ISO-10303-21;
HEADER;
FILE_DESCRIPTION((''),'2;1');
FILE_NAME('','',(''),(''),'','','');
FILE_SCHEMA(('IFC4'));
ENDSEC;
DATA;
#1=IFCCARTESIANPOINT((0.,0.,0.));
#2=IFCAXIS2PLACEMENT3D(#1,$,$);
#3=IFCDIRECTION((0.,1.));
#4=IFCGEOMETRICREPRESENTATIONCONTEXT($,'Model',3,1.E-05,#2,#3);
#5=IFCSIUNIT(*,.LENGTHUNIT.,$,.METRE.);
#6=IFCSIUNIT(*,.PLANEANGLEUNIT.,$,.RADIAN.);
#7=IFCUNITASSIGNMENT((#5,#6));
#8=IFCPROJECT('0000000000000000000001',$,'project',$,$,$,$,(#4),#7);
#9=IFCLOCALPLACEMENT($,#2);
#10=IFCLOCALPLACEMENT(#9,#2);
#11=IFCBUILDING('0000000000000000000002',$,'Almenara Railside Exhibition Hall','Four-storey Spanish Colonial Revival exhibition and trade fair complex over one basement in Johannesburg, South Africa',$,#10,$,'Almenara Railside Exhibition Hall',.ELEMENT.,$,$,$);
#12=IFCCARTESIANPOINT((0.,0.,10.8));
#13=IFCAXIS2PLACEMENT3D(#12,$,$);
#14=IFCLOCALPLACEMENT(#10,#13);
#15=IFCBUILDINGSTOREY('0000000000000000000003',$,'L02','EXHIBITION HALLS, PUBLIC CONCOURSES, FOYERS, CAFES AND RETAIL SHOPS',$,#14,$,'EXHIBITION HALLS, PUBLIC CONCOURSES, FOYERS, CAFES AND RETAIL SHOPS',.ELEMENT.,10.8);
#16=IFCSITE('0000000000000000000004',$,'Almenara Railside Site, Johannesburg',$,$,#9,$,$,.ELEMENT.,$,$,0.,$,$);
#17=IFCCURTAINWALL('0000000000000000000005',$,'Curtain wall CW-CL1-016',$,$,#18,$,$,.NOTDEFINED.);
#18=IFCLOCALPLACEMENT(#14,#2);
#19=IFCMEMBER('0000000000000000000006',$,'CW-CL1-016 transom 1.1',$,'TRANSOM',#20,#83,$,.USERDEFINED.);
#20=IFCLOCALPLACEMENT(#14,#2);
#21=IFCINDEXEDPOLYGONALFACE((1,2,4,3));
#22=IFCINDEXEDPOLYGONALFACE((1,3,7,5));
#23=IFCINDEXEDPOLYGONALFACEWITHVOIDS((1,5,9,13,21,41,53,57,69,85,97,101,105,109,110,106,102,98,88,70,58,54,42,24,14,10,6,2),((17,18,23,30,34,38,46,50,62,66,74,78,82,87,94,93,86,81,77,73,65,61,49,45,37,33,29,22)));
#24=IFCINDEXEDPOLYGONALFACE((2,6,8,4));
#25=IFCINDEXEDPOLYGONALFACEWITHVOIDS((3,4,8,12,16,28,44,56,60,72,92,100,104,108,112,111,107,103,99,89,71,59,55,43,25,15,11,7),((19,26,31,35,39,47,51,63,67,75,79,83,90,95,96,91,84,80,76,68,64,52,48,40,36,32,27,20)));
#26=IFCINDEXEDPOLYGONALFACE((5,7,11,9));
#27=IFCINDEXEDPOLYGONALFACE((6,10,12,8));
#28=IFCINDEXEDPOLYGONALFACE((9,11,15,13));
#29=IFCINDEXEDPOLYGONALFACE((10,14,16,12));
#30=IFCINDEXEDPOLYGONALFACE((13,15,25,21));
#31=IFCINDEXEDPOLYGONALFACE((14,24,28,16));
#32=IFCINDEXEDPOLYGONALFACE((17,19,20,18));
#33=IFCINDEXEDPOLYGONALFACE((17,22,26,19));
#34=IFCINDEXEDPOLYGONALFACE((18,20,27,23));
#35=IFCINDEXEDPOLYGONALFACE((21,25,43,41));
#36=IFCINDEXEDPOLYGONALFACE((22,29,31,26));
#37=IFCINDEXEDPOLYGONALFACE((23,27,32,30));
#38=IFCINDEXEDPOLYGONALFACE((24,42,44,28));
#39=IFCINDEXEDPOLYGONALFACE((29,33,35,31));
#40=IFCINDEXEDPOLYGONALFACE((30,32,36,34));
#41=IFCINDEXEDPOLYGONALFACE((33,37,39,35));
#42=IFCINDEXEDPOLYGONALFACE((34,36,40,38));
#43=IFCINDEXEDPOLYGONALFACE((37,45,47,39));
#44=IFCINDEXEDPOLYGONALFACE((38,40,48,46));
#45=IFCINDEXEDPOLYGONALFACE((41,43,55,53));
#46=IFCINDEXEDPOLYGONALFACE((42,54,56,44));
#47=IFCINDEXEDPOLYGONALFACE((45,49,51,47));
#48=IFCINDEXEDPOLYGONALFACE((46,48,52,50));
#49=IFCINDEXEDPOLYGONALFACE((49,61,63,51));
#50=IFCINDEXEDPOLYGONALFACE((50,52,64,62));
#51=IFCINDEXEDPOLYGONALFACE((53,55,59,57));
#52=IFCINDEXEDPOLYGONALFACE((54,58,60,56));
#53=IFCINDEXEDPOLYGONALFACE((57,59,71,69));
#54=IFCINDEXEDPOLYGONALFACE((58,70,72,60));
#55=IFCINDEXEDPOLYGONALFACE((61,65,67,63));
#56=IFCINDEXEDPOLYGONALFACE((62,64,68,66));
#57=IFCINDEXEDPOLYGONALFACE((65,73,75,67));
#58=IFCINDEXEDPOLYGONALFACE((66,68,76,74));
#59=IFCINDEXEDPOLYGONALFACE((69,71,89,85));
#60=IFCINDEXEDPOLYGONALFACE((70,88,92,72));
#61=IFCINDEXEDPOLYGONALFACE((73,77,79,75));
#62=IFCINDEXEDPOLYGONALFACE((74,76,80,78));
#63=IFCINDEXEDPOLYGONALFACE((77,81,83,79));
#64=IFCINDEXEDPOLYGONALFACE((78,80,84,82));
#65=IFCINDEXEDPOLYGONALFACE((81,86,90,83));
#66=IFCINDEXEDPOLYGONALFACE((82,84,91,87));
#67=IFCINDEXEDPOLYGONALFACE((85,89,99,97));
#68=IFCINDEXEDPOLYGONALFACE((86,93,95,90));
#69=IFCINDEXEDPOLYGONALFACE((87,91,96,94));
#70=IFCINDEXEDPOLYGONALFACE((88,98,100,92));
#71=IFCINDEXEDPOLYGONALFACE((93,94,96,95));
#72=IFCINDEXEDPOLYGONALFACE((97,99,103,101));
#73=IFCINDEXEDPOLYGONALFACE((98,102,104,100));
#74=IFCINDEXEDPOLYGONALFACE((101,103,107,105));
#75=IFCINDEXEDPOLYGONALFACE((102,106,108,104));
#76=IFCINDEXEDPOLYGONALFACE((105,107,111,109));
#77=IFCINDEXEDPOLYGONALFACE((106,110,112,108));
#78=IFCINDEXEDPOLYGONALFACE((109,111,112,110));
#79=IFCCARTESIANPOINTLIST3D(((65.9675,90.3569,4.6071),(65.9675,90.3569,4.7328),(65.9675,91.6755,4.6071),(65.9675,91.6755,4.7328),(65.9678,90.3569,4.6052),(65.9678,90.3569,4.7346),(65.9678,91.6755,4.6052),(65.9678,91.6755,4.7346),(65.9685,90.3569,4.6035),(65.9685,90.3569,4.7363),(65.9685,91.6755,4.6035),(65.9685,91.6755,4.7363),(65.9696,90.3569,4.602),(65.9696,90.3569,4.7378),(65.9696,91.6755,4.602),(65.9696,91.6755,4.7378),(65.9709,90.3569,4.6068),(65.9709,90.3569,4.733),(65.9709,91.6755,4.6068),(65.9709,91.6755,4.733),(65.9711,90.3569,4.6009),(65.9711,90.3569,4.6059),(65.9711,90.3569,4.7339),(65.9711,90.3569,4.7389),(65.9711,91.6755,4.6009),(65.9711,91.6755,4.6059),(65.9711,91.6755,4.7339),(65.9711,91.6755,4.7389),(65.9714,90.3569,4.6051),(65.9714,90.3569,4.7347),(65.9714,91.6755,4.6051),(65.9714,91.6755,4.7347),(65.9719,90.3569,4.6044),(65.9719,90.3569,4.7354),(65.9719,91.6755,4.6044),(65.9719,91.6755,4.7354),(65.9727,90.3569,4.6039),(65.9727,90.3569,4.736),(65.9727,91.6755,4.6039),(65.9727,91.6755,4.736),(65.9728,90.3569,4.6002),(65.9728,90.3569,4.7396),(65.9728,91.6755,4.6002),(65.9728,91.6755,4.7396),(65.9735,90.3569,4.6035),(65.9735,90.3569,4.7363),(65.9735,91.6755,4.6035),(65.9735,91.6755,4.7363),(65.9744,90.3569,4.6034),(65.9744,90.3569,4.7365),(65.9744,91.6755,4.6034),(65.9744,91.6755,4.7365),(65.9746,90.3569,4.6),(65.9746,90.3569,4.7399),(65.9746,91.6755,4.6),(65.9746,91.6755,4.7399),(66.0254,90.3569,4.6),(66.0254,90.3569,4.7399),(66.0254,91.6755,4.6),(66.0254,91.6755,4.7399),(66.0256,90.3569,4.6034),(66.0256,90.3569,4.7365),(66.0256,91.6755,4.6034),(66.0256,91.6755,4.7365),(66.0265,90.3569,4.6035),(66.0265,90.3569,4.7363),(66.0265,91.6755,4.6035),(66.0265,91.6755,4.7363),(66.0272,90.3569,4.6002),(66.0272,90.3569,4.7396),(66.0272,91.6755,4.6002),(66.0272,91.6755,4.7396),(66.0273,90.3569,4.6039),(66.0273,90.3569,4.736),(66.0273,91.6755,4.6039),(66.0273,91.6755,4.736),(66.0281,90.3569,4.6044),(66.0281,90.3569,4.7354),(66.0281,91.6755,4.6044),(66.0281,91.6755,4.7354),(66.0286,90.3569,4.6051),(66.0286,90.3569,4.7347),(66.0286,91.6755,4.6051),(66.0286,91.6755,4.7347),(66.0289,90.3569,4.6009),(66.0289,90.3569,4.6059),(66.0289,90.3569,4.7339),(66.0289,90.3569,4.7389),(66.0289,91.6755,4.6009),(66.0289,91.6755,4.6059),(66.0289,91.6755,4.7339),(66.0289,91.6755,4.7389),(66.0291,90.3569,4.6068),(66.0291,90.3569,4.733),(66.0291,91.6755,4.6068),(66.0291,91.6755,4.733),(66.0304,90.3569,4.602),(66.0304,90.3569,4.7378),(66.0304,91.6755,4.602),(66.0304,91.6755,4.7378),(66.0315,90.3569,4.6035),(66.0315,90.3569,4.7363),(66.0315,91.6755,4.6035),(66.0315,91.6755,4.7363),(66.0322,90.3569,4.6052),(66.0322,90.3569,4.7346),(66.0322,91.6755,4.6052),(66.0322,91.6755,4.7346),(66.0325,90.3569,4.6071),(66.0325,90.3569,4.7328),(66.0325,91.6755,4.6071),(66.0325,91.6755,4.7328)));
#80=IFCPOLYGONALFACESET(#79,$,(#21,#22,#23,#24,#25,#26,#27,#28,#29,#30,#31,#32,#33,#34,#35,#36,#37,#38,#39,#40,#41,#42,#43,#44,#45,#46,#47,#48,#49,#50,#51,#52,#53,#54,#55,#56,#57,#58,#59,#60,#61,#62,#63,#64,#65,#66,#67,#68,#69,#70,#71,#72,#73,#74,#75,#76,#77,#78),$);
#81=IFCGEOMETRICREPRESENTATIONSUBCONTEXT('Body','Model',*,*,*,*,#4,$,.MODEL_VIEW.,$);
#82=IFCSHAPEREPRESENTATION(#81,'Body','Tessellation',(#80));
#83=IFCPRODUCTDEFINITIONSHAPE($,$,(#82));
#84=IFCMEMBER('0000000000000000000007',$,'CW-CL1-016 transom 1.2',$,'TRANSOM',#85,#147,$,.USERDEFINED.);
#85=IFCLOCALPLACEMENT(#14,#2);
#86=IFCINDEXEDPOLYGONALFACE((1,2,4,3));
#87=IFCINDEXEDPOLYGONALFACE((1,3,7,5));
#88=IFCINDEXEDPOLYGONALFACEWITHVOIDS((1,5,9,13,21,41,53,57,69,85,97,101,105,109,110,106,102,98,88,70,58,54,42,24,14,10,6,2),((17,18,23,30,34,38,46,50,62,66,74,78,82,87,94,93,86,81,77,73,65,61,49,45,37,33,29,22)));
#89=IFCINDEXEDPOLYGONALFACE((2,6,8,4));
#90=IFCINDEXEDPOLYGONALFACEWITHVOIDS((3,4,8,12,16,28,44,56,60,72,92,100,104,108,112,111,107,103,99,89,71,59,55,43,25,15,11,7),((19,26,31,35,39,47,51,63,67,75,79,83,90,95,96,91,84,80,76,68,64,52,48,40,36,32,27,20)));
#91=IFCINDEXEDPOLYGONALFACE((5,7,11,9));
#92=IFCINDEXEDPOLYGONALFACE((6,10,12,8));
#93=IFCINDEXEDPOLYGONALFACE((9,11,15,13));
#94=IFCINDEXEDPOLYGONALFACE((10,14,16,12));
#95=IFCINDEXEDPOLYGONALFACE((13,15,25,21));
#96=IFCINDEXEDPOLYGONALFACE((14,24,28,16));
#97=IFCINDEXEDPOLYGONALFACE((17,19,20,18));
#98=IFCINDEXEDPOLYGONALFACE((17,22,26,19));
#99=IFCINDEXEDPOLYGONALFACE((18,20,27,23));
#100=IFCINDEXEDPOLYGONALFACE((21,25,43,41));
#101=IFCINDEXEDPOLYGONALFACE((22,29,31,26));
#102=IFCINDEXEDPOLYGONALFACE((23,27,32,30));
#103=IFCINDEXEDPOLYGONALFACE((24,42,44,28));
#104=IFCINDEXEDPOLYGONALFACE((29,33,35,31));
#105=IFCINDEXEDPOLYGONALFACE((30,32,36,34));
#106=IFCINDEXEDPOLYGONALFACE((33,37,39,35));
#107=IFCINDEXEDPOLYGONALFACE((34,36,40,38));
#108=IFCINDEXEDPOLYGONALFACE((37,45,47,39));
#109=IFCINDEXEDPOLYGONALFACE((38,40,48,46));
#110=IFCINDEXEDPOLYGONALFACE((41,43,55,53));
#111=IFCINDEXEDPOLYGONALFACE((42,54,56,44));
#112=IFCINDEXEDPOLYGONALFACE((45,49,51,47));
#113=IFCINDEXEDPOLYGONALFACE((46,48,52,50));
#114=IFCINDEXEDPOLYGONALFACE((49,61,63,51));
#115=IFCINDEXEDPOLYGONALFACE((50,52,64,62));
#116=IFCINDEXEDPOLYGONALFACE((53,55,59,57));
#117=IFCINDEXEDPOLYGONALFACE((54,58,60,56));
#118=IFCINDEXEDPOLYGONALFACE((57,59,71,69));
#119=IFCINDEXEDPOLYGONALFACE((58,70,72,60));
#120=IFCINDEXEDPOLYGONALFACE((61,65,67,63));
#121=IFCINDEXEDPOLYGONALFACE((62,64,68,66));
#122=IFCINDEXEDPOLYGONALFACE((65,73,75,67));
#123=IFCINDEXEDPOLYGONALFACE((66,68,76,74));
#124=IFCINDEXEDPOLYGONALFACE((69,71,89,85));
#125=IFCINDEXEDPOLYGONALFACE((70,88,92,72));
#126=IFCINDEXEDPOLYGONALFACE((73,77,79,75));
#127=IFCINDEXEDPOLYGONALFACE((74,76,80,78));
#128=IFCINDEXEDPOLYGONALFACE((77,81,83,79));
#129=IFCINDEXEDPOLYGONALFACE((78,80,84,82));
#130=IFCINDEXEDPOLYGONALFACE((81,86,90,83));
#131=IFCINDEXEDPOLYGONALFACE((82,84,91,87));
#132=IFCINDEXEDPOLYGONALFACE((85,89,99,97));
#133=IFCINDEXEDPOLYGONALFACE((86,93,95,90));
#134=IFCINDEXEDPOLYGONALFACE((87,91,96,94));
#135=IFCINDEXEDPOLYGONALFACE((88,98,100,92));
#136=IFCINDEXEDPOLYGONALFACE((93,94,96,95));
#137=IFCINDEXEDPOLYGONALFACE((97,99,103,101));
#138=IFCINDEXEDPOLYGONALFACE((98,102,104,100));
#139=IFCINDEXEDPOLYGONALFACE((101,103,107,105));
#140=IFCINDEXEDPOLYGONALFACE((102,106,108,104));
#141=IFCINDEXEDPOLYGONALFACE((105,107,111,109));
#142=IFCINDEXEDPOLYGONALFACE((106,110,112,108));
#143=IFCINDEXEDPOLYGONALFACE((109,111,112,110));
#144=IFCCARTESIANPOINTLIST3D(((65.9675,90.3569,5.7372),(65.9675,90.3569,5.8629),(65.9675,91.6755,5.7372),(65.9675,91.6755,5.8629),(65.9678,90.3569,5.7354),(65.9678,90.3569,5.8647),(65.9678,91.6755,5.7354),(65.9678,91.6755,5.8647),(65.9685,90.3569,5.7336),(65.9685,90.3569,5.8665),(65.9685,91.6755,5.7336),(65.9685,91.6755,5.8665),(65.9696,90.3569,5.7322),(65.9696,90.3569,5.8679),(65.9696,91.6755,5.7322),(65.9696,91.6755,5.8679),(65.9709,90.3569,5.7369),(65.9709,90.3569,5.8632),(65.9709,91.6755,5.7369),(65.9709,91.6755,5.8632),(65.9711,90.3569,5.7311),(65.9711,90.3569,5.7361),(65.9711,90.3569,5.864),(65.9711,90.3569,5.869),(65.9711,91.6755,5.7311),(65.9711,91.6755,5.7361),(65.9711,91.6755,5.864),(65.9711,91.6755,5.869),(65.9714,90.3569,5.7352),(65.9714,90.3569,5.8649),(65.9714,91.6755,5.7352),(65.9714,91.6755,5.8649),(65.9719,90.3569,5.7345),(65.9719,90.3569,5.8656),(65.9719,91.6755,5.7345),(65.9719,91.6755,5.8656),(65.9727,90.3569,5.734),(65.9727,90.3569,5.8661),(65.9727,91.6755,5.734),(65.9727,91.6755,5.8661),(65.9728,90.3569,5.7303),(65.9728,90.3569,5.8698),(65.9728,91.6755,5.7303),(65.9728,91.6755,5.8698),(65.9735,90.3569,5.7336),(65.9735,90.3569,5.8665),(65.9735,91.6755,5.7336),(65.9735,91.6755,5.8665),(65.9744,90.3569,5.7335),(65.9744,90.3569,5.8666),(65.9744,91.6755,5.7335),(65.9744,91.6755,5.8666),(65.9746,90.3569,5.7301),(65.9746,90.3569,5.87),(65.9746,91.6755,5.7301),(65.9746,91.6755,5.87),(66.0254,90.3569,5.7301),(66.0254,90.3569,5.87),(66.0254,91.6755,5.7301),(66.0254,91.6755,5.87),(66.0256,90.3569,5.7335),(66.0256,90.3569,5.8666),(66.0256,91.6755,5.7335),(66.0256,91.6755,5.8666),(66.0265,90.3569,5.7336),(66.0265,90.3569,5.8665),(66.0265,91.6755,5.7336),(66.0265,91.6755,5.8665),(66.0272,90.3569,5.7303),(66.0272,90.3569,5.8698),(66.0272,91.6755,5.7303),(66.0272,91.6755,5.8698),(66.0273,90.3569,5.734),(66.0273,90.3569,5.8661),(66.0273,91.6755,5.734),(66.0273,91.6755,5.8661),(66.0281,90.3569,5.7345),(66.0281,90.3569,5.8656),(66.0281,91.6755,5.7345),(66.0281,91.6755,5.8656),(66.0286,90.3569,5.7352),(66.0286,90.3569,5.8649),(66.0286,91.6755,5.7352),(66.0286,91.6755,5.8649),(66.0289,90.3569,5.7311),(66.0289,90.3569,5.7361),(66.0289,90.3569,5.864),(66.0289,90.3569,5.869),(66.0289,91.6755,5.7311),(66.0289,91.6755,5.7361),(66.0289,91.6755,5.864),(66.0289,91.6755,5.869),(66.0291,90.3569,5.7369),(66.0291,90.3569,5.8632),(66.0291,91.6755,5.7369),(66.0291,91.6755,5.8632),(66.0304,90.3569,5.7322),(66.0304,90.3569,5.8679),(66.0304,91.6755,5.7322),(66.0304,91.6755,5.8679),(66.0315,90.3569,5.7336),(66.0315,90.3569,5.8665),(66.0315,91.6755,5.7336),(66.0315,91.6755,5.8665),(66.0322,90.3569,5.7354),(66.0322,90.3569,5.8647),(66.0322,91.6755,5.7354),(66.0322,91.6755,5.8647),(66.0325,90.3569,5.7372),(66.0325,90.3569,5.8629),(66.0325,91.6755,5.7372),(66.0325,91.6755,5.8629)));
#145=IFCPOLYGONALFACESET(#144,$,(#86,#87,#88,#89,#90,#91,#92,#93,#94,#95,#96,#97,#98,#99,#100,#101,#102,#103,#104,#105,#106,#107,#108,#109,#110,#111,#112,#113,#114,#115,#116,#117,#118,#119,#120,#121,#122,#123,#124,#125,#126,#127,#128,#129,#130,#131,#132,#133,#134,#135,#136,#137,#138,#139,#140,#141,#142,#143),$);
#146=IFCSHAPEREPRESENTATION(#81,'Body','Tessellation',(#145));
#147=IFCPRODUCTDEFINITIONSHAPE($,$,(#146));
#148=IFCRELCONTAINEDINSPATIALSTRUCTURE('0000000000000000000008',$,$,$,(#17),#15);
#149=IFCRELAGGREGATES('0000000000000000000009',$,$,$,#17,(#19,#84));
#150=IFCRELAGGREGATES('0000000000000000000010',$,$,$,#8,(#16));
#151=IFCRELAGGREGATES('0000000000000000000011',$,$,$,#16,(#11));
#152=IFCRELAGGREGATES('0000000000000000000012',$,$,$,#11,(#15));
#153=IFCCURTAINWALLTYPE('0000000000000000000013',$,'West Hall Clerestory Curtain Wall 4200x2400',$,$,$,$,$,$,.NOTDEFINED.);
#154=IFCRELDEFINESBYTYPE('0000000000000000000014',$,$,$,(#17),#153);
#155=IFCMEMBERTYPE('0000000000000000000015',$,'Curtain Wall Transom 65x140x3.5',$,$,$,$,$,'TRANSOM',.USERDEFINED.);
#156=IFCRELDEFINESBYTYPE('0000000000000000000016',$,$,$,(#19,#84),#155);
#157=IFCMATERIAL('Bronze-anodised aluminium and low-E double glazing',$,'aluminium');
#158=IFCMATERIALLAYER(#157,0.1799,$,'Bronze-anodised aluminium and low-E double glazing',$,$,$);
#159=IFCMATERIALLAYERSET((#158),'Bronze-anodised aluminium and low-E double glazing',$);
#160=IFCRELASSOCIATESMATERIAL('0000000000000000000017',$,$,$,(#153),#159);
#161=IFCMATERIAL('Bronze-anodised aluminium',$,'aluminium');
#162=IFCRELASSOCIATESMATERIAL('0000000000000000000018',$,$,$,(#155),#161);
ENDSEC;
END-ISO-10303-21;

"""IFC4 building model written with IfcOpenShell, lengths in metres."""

from ifc_helpers import new_model, si_unit, direction, frame, origin, origin_2d, place, context, subcontext, project, spatial, hollow_rectangle, extrude, material, layer, layer_set, material_profile, profile_set, type_object, element, aggregate, save


model = new_model("IFC4")

# Units and contexts
model_context = context("Model", 3, precision=1e-05, world=origin(), true_north=direction((0.0, 1.0)))
body_context = subcontext(model_context, "Body", "Model", "MODEL_VIEW")
ifc_project = project(units=[si_unit("LENGTHUNIT", "METRE"), si_unit("PLANEANGLEUNIT", "RADIAN")], contexts=[model_context])

# Site, building, storey
site_placement = place(None, origin())
site = spatial("IfcSite", under=ifc_project, at=site_placement, Name="Almenara Railside Site, Johannesburg", CompositionType="ELEMENT", RefElevation=0.0)
building_placement = place(site_placement, origin())
building = spatial("IfcBuilding", under=site, at=building_placement, Name="Almenara Railside Exhibition Hall", Description="Four-storey Spanish Colonial Revival exhibition and trade fair complex over one basement in Johannesburg, South Africa", LongName="Almenara Railside Exhibition Hall", CompositionType="ELEMENT")
storey_placement = place(building_placement, frame((0.0, 0.0, 10.8)))
storey = spatial("IfcBuildingStorey", under=building, at=storey_placement, Name="L02", Description="EXHIBITION HALLS, PUBLIC CONCOURSES, FOYERS, CAFES AND RETAIL SHOPS", LongName="EXHIBITION HALLS, PUBLIC CONCOURSES, FOYERS, CAFES AND RETAIL SHOPS", CompositionType="ELEMENT", Elevation=10.8)

# Curtain wall
ifc_material_1 = material(Name="Bronze-anodised aluminium and low-E double glazing", Category="aluminium")
ifc_layer_1 = layer(ifc_material_1, 0.1799, Name="Bronze-anodised aluminium and low-E double glazing")
ifc_layer_set_1 = layer_set([ifc_layer_1], Name="Bronze-anodised aluminium and low-E double glazing")
curtain_wall_type = type_object("IfcCurtainWallType", Name="West Hall Clerestory Curtain Wall 4200x2400", PredefinedType="NOTDEFINED", material=ifc_layer_set_1)
curtain_wall_1_placement = place(storey_placement, origin())
curtain_wall_1 = element("IfcCurtainWall", 1, at=curtain_wall_1_placement, inside=storey, type_object=curtain_wall_type, Name="Curtain wall CW-CL1-016", PredefinedType="NOTDEFINED")
ifc_material_2 = material(Name="Bronze-anodised aluminium", Category="aluminium")

# Members
ifc_material_profile_1 = material_profile(ifc_material_2, hollow_rectangle(XDim=0.0649, YDim=0.1399, WallThickness=0.0034, InnerFilletRadius=0.0034, OuterFilletRadius=0.0071, at=origin_2d()), Name="ALU-TRN 65x140x3.5")
ifc_profile_set_1 = profile_set([ifc_material_profile_1], Name="Bronze-anodised aluminium")
member_type_1 = type_object("IfcMemberType", Name="Curtain Wall Transom 65x140x3.5", ElementType="TRANSOM", PredefinedType="USERDEFINED", material=ifc_profile_set_1)
member_1_placement = place(storey_placement, frame((66.0, 90.3569, 4.6699), z_axis=(0.0, 1.0, 0.0), x_axis=(-1.0, 0.0, 0.0)))
member_1 = element("IfcMember", 2, at=member_1_placement, type_object=member_type_1, Name="CW-CL1-016 transom 1.1", ObjectType="TRANSOM", PredefinedType="USERDEFINED", context=body_context, shape_type="SweptSolid", body=[
    extrude(hollow_rectangle(XDim=0.0649, YDim=0.1399, WallThickness=0.0034, InnerFilletRadius=0.0034, OuterFilletRadius=0.0071, at=origin_2d()), origin(), (0.0, 0.0, 1.0), 1.3186),
])
member_2_placement = place(storey_placement, frame((66.0, 90.3569, 5.8), z_axis=(0.0, 1.0, 0.0), x_axis=(-1.0, 0.0, 0.0)))
member_2 = element("IfcMember", 3, at=member_2_placement, type_object=member_type_1, Name="CW-CL1-016 transom 1.2", ObjectType="TRANSOM", PredefinedType="USERDEFINED", context=body_context, shape_type="SweptSolid", body=[
    extrude(hollow_rectangle(XDim=0.0649, YDim=0.1399, WallThickness=0.0034, InnerFilletRadius=0.0034, OuterFilletRadius=0.0071, at=origin_2d()), origin(), (0.0, 0.0, 1.0), 1.3186),
])

aggregate(curtain_wall_1, [member_1, member_2])

save(model, "model.ifc")
